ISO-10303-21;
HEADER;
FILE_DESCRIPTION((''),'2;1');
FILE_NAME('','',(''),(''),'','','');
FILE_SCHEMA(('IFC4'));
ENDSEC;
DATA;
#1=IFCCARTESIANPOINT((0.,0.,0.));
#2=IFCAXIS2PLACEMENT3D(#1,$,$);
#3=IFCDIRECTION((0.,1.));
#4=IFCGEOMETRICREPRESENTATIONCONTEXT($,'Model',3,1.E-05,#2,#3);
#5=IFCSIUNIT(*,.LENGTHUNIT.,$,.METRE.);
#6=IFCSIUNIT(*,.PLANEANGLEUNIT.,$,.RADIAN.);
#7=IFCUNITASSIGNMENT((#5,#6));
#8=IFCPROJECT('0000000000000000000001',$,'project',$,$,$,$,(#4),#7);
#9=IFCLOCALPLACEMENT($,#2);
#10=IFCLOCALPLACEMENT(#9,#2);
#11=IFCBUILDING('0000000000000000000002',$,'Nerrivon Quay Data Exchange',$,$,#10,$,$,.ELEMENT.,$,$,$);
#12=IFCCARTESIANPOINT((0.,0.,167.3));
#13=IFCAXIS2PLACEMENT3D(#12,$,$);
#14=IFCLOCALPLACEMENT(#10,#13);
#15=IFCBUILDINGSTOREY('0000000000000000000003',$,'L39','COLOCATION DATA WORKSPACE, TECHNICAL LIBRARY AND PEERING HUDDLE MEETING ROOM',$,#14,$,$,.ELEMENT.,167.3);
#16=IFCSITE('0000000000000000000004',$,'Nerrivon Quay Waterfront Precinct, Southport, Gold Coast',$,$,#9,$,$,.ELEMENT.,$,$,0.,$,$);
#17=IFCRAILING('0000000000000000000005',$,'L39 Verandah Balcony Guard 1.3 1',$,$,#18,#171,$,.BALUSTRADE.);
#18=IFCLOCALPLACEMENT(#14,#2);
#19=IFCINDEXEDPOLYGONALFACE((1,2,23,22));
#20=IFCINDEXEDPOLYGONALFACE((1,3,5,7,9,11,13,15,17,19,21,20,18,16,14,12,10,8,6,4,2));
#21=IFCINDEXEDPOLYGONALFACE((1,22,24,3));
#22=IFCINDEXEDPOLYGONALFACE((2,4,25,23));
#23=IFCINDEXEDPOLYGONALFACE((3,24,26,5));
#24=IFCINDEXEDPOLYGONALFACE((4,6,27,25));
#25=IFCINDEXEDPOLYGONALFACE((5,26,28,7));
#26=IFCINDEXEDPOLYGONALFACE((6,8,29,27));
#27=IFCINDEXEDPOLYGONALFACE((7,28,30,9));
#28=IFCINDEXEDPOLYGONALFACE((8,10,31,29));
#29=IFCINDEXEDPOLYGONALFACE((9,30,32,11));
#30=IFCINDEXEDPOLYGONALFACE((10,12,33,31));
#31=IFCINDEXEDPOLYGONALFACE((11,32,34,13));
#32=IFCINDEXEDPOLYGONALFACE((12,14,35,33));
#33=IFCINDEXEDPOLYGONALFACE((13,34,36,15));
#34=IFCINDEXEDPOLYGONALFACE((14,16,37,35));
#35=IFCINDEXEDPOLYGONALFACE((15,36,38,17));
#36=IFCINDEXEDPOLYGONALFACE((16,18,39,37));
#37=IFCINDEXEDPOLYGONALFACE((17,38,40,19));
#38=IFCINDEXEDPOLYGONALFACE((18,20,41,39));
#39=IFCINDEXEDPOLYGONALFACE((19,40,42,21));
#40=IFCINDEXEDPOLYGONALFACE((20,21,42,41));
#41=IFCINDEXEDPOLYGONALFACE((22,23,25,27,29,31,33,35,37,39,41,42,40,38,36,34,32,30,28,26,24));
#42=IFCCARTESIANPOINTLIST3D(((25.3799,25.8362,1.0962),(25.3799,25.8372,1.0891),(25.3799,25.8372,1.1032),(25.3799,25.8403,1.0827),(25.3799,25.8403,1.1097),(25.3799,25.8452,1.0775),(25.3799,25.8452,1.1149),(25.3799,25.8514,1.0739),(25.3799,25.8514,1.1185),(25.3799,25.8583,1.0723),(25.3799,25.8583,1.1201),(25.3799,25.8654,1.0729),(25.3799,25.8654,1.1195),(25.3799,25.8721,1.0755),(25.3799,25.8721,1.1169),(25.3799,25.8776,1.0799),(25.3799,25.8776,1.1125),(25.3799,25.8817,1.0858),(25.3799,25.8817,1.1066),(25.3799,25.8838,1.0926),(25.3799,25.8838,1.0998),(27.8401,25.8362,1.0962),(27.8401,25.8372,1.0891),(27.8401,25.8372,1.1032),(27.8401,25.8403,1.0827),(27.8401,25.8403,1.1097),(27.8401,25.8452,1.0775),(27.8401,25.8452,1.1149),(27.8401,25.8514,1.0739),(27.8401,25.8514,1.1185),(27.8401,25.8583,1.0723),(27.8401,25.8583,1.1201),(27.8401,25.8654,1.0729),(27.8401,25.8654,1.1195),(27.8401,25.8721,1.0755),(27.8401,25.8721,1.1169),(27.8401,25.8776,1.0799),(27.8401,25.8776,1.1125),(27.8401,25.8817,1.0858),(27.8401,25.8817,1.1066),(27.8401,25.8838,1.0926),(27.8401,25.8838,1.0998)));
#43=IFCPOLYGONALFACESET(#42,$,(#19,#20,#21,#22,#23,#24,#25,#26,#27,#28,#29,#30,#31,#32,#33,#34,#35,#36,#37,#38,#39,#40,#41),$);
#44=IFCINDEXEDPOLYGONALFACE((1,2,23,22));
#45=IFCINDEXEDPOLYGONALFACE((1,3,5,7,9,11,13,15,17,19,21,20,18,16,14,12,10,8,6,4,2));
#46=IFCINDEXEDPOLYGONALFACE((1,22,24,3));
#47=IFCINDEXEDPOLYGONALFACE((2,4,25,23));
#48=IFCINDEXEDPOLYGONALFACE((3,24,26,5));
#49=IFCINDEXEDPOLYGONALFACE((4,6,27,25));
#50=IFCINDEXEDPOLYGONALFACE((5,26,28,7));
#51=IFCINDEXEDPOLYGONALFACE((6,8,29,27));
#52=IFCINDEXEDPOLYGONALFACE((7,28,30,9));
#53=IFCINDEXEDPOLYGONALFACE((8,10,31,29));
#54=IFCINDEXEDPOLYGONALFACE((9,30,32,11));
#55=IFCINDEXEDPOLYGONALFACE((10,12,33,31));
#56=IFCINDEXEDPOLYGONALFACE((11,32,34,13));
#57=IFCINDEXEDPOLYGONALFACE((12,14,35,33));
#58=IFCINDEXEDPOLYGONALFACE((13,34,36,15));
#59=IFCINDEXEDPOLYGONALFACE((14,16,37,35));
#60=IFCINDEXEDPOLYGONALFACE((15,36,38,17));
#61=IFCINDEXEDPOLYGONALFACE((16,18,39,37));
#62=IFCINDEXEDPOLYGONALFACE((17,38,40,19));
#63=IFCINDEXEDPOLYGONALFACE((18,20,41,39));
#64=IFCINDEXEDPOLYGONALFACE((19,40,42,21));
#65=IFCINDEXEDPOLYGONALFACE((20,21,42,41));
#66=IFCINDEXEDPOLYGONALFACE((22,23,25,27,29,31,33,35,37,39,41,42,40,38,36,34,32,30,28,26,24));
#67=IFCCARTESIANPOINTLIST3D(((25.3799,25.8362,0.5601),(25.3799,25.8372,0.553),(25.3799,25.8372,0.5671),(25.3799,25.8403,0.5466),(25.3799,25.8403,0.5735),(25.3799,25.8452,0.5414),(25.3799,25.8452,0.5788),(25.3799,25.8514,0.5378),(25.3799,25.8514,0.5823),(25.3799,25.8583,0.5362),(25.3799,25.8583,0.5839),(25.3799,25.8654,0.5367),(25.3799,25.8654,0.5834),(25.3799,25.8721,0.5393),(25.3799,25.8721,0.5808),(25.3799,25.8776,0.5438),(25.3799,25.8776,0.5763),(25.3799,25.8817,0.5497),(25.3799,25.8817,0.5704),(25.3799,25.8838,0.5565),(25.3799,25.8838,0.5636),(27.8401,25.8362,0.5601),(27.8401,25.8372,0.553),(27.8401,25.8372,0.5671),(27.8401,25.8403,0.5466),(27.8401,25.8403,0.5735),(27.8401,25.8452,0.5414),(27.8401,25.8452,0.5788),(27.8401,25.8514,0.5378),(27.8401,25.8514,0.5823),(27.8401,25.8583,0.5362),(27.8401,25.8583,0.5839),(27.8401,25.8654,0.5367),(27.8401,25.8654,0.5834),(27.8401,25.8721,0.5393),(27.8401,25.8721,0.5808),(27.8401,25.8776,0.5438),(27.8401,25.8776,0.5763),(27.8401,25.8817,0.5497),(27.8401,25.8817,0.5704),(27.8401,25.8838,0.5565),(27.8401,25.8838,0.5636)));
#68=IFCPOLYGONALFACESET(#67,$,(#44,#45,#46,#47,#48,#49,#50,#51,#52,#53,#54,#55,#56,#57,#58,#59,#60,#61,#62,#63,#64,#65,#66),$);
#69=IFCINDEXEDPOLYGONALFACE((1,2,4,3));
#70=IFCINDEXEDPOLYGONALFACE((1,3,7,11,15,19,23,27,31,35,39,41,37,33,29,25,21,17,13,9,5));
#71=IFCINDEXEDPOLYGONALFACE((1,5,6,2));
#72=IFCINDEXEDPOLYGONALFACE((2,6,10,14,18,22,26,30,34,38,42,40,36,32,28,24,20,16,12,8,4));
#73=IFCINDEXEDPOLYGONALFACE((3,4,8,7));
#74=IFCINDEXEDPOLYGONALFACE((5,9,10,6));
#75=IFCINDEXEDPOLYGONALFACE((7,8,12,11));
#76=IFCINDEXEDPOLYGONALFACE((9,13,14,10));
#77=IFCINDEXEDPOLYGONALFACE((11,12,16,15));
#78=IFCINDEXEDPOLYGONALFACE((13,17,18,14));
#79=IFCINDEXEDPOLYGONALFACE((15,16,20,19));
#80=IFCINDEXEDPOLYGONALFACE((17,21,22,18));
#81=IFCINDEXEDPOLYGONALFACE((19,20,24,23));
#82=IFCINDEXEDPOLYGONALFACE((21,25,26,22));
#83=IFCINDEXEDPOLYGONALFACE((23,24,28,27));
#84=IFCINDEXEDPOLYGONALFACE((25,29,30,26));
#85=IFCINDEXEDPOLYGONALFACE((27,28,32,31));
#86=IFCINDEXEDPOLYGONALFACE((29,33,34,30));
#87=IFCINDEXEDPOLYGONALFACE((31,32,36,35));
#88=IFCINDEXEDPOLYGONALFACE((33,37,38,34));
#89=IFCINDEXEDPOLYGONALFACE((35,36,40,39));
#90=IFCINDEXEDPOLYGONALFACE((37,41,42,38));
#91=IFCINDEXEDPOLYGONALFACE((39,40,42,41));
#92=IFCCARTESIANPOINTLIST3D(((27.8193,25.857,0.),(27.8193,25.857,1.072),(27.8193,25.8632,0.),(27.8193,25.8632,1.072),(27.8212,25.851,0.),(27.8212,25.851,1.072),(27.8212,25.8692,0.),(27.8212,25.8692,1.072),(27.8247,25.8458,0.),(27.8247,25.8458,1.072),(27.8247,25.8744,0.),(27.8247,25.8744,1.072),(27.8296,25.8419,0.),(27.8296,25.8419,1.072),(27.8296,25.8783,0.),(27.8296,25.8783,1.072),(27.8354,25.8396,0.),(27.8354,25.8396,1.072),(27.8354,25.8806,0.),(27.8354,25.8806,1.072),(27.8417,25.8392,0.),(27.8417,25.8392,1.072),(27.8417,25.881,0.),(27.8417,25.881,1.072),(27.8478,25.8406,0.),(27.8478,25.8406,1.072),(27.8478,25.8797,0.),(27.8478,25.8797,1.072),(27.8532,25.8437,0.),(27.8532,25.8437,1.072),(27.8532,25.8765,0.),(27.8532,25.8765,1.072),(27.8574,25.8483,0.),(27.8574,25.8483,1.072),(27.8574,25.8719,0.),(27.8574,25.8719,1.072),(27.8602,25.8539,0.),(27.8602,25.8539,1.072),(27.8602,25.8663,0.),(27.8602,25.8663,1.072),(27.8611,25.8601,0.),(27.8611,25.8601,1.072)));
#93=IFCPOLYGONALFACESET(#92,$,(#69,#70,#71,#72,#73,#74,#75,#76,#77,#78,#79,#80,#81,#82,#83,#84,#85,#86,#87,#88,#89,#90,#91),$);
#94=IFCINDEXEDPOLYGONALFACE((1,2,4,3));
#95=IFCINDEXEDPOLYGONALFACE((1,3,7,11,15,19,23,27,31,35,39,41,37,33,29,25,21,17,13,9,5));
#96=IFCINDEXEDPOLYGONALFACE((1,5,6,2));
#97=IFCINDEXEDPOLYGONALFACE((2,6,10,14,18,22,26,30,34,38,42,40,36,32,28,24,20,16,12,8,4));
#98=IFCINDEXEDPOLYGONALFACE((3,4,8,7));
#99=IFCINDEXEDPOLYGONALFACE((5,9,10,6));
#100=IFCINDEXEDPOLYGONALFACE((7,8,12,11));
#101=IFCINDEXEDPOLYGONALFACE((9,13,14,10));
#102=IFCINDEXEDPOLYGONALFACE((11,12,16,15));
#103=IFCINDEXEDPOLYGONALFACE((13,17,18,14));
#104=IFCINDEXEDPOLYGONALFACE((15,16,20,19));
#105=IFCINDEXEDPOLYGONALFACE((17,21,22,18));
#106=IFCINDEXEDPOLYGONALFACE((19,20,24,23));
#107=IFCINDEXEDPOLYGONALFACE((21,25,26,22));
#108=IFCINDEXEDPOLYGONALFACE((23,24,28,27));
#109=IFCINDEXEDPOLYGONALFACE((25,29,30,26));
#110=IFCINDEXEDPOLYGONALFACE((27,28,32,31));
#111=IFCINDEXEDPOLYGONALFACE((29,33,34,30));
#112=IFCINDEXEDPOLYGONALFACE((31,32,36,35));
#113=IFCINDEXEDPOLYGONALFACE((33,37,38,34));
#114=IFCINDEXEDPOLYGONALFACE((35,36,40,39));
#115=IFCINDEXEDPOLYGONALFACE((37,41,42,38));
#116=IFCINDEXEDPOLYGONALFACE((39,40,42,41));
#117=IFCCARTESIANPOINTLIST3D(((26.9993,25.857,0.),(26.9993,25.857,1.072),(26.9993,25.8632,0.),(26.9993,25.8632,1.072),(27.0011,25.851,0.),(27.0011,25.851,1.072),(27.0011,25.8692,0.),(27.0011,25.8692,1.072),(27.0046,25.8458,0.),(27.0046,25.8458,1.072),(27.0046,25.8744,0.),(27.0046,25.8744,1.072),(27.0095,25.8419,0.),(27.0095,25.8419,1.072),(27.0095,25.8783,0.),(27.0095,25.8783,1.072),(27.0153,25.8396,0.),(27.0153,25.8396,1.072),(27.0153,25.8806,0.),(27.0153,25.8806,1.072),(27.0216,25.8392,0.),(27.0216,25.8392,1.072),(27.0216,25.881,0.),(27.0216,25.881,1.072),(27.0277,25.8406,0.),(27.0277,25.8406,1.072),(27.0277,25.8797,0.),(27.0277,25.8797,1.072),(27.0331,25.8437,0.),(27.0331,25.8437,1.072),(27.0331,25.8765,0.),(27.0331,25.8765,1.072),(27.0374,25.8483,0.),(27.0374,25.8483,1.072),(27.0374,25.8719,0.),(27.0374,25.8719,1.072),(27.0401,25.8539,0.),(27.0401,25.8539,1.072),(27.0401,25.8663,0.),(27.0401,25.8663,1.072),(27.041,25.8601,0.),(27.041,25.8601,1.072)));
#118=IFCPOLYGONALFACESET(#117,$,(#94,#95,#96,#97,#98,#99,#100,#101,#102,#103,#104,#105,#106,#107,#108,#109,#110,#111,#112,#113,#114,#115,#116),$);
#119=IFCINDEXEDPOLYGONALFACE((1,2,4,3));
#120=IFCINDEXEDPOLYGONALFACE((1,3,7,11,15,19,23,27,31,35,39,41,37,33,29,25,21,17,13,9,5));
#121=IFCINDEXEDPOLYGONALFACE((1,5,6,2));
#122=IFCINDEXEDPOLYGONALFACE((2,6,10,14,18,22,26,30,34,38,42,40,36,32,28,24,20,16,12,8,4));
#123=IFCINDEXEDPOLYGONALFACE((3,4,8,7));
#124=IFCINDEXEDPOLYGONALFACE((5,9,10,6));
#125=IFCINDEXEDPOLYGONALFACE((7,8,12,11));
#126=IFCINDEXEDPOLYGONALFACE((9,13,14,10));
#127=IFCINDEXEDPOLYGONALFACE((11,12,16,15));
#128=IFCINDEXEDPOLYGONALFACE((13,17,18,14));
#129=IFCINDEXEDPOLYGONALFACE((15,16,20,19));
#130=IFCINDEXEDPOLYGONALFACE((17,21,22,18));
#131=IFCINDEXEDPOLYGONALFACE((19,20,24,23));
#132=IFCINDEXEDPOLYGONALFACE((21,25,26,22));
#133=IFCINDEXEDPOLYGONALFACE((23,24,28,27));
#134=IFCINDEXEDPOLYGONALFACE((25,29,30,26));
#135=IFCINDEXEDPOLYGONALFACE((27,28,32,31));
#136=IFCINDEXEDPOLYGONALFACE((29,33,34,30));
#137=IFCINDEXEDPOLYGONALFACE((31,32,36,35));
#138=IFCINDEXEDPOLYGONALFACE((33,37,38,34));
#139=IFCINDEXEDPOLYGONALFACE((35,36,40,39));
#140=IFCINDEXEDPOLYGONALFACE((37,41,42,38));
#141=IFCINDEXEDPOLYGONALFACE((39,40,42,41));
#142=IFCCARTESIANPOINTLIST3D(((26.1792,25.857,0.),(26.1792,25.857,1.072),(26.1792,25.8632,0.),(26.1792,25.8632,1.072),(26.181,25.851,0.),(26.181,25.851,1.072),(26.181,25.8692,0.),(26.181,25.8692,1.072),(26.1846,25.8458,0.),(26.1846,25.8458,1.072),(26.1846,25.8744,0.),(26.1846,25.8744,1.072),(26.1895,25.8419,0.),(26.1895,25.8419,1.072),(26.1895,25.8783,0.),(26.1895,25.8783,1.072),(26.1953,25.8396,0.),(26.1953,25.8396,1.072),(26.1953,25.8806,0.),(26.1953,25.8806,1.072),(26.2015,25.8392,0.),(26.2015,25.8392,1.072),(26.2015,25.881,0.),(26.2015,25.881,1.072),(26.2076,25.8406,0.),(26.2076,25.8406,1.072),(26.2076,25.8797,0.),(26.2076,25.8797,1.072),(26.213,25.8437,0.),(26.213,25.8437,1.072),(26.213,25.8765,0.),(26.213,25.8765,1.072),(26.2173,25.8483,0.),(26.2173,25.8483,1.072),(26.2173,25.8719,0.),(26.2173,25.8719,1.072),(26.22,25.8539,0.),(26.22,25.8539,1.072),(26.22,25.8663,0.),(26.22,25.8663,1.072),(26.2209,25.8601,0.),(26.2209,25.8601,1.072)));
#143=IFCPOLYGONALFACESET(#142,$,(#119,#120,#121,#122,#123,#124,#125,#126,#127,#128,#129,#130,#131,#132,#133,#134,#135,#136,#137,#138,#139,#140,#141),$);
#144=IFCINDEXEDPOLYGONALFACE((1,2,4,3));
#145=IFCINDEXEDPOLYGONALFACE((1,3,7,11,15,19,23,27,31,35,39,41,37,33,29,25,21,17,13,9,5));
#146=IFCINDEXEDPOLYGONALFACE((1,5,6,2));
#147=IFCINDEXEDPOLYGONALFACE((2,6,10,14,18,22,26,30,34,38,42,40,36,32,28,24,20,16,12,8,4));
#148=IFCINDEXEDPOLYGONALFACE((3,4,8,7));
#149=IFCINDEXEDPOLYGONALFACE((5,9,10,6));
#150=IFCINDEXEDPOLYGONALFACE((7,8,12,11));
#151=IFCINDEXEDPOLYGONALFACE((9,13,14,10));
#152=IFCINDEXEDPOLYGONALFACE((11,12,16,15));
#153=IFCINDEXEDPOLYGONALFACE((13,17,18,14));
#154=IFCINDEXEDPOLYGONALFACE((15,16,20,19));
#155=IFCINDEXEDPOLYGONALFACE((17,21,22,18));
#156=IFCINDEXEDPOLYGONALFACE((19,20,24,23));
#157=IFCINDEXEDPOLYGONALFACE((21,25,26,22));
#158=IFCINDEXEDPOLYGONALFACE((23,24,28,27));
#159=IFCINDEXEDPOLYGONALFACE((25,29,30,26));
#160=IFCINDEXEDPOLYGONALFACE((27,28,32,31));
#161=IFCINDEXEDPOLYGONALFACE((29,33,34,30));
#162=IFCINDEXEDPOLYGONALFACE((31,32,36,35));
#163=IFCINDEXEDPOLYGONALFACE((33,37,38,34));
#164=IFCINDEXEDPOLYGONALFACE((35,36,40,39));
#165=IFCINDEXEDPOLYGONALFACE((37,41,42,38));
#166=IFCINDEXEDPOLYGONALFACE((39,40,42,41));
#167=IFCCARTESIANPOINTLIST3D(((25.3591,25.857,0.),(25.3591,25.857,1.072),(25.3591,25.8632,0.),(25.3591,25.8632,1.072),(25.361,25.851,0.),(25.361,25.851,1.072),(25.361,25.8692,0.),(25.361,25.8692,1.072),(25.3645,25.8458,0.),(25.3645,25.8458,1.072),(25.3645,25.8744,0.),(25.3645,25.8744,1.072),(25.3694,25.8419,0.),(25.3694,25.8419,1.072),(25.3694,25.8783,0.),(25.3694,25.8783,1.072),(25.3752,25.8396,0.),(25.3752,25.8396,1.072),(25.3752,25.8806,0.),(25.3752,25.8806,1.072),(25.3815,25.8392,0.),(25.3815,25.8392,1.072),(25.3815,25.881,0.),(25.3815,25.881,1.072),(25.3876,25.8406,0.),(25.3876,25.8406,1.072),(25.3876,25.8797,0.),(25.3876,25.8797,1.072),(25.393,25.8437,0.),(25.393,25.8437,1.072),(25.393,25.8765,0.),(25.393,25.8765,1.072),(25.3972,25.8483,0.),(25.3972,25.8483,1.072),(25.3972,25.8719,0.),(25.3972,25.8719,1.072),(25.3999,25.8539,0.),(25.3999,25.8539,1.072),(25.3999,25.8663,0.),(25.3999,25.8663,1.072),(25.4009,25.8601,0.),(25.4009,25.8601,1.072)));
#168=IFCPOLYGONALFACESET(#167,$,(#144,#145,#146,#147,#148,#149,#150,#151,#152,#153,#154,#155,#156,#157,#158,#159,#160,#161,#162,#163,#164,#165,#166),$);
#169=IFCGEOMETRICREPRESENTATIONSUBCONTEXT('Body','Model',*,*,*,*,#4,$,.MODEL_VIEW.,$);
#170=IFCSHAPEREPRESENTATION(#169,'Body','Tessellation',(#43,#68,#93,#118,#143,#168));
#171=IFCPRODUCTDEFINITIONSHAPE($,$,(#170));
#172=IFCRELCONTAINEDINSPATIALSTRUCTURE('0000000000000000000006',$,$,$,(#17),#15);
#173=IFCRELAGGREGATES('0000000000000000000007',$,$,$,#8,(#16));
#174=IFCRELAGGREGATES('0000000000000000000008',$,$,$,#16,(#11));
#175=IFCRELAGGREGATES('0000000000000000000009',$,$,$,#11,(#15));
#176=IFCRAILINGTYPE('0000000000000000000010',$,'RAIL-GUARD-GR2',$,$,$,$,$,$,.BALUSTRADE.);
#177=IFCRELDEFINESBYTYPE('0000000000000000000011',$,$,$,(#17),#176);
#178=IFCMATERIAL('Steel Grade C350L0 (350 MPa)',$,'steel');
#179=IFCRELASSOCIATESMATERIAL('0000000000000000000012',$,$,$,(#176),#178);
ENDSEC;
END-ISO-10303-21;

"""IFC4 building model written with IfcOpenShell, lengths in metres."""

from ifc_helpers import new_model, si_unit, direction, frame, origin, origin_2d, place, context, subcontext, project, spatial, circle, extrude, material, type_object, element, save


model = new_model("IFC4")

# Units and contexts
model_context = context("Model", 3, precision=1e-05, world=origin(), true_north=direction((0.0, 1.0)))
body_context = subcontext(model_context, "Body", "Model", "MODEL_VIEW")
ifc_project = project(units=[si_unit("LENGTHUNIT", "METRE"), si_unit("PLANEANGLEUNIT", "RADIAN")], contexts=[model_context])

# Site, building, storey
site_placement = place(None, origin())
site = spatial("IfcSite", under=ifc_project, at=site_placement, Name="Nerrivon Quay Waterfront Precinct, Southport, Gold Coast", CompositionType="ELEMENT", RefElevation=0.0)
building_placement = place(site_placement, origin())
building = spatial("IfcBuilding", under=site, at=building_placement, Name="Nerrivon Quay Data Exchange", CompositionType="ELEMENT")
storey_placement = place(building_placement, frame((0.0, 0.0, 167.3)))
storey = spatial("IfcBuildingStorey", under=building, at=storey_placement, Name="L39", Description="COLOCATION DATA WORKSPACE, TECHNICAL LIBRARY AND PEERING HUDDLE MEETING ROOM", CompositionType="ELEMENT", Elevation=167.3)

# Shared definitions
ifc_material_1 = material(Name="Steel Grade C350L0 (350 MPa)", Category="steel")

# Railing
railing_type = type_object("IfcRailingType", Name="RAIL-GUARD-GR2", PredefinedType="BALUSTRADE", material=ifc_material_1)
railing_1_placement = place(storey_placement, frame((27.8401, 25.8601, 0.0)))
element("IfcRailing", 1, at=railing_1_placement, inside=storey, type_object=railing_type, Name="L39 Verandah Balcony Guard 1.3 1", PredefinedType="BALUSTRADE", context=body_context, shape_type="SweptSolid", body=[
    extrude(circle(Radius=0.0239, at=origin_2d()), frame((0.0, 0.0, 1.0962), z_axis=(-1.0, 0.0, 0.0), x_axis=(0.0, -1.0, 0.0)), (0.0, 0.0, 1.0), 2.4602),
    extrude(circle(Radius=0.0239, at=origin_2d()), frame((0.0, 0.0, 0.5601), z_axis=(-1.0, 0.0, 0.0), x_axis=(0.0, -1.0, 0.0)), (0.0, 0.0, 1.0), 2.4602),
    extrude(circle(Radius=0.021, at=origin_2d()), origin(), (0.0, 0.0, 1.0), 1.072),
    extrude(circle(Radius=0.021, at=origin_2d()), frame((-0.8201, 0.0, 0.0)), (0.0, 0.0, 1.0), 1.072),
    extrude(circle(Radius=0.021, at=origin_2d()), frame((-1.6401, 0.0, 0.0)), (0.0, 0.0, 1.0), 1.072),
    extrude(circle(Radius=0.021, at=origin_2d()), frame((-2.4602, 0.0, 0.0)), (0.0, 0.0, 1.0), 1.072),
])

save(model, "model.ifc")
